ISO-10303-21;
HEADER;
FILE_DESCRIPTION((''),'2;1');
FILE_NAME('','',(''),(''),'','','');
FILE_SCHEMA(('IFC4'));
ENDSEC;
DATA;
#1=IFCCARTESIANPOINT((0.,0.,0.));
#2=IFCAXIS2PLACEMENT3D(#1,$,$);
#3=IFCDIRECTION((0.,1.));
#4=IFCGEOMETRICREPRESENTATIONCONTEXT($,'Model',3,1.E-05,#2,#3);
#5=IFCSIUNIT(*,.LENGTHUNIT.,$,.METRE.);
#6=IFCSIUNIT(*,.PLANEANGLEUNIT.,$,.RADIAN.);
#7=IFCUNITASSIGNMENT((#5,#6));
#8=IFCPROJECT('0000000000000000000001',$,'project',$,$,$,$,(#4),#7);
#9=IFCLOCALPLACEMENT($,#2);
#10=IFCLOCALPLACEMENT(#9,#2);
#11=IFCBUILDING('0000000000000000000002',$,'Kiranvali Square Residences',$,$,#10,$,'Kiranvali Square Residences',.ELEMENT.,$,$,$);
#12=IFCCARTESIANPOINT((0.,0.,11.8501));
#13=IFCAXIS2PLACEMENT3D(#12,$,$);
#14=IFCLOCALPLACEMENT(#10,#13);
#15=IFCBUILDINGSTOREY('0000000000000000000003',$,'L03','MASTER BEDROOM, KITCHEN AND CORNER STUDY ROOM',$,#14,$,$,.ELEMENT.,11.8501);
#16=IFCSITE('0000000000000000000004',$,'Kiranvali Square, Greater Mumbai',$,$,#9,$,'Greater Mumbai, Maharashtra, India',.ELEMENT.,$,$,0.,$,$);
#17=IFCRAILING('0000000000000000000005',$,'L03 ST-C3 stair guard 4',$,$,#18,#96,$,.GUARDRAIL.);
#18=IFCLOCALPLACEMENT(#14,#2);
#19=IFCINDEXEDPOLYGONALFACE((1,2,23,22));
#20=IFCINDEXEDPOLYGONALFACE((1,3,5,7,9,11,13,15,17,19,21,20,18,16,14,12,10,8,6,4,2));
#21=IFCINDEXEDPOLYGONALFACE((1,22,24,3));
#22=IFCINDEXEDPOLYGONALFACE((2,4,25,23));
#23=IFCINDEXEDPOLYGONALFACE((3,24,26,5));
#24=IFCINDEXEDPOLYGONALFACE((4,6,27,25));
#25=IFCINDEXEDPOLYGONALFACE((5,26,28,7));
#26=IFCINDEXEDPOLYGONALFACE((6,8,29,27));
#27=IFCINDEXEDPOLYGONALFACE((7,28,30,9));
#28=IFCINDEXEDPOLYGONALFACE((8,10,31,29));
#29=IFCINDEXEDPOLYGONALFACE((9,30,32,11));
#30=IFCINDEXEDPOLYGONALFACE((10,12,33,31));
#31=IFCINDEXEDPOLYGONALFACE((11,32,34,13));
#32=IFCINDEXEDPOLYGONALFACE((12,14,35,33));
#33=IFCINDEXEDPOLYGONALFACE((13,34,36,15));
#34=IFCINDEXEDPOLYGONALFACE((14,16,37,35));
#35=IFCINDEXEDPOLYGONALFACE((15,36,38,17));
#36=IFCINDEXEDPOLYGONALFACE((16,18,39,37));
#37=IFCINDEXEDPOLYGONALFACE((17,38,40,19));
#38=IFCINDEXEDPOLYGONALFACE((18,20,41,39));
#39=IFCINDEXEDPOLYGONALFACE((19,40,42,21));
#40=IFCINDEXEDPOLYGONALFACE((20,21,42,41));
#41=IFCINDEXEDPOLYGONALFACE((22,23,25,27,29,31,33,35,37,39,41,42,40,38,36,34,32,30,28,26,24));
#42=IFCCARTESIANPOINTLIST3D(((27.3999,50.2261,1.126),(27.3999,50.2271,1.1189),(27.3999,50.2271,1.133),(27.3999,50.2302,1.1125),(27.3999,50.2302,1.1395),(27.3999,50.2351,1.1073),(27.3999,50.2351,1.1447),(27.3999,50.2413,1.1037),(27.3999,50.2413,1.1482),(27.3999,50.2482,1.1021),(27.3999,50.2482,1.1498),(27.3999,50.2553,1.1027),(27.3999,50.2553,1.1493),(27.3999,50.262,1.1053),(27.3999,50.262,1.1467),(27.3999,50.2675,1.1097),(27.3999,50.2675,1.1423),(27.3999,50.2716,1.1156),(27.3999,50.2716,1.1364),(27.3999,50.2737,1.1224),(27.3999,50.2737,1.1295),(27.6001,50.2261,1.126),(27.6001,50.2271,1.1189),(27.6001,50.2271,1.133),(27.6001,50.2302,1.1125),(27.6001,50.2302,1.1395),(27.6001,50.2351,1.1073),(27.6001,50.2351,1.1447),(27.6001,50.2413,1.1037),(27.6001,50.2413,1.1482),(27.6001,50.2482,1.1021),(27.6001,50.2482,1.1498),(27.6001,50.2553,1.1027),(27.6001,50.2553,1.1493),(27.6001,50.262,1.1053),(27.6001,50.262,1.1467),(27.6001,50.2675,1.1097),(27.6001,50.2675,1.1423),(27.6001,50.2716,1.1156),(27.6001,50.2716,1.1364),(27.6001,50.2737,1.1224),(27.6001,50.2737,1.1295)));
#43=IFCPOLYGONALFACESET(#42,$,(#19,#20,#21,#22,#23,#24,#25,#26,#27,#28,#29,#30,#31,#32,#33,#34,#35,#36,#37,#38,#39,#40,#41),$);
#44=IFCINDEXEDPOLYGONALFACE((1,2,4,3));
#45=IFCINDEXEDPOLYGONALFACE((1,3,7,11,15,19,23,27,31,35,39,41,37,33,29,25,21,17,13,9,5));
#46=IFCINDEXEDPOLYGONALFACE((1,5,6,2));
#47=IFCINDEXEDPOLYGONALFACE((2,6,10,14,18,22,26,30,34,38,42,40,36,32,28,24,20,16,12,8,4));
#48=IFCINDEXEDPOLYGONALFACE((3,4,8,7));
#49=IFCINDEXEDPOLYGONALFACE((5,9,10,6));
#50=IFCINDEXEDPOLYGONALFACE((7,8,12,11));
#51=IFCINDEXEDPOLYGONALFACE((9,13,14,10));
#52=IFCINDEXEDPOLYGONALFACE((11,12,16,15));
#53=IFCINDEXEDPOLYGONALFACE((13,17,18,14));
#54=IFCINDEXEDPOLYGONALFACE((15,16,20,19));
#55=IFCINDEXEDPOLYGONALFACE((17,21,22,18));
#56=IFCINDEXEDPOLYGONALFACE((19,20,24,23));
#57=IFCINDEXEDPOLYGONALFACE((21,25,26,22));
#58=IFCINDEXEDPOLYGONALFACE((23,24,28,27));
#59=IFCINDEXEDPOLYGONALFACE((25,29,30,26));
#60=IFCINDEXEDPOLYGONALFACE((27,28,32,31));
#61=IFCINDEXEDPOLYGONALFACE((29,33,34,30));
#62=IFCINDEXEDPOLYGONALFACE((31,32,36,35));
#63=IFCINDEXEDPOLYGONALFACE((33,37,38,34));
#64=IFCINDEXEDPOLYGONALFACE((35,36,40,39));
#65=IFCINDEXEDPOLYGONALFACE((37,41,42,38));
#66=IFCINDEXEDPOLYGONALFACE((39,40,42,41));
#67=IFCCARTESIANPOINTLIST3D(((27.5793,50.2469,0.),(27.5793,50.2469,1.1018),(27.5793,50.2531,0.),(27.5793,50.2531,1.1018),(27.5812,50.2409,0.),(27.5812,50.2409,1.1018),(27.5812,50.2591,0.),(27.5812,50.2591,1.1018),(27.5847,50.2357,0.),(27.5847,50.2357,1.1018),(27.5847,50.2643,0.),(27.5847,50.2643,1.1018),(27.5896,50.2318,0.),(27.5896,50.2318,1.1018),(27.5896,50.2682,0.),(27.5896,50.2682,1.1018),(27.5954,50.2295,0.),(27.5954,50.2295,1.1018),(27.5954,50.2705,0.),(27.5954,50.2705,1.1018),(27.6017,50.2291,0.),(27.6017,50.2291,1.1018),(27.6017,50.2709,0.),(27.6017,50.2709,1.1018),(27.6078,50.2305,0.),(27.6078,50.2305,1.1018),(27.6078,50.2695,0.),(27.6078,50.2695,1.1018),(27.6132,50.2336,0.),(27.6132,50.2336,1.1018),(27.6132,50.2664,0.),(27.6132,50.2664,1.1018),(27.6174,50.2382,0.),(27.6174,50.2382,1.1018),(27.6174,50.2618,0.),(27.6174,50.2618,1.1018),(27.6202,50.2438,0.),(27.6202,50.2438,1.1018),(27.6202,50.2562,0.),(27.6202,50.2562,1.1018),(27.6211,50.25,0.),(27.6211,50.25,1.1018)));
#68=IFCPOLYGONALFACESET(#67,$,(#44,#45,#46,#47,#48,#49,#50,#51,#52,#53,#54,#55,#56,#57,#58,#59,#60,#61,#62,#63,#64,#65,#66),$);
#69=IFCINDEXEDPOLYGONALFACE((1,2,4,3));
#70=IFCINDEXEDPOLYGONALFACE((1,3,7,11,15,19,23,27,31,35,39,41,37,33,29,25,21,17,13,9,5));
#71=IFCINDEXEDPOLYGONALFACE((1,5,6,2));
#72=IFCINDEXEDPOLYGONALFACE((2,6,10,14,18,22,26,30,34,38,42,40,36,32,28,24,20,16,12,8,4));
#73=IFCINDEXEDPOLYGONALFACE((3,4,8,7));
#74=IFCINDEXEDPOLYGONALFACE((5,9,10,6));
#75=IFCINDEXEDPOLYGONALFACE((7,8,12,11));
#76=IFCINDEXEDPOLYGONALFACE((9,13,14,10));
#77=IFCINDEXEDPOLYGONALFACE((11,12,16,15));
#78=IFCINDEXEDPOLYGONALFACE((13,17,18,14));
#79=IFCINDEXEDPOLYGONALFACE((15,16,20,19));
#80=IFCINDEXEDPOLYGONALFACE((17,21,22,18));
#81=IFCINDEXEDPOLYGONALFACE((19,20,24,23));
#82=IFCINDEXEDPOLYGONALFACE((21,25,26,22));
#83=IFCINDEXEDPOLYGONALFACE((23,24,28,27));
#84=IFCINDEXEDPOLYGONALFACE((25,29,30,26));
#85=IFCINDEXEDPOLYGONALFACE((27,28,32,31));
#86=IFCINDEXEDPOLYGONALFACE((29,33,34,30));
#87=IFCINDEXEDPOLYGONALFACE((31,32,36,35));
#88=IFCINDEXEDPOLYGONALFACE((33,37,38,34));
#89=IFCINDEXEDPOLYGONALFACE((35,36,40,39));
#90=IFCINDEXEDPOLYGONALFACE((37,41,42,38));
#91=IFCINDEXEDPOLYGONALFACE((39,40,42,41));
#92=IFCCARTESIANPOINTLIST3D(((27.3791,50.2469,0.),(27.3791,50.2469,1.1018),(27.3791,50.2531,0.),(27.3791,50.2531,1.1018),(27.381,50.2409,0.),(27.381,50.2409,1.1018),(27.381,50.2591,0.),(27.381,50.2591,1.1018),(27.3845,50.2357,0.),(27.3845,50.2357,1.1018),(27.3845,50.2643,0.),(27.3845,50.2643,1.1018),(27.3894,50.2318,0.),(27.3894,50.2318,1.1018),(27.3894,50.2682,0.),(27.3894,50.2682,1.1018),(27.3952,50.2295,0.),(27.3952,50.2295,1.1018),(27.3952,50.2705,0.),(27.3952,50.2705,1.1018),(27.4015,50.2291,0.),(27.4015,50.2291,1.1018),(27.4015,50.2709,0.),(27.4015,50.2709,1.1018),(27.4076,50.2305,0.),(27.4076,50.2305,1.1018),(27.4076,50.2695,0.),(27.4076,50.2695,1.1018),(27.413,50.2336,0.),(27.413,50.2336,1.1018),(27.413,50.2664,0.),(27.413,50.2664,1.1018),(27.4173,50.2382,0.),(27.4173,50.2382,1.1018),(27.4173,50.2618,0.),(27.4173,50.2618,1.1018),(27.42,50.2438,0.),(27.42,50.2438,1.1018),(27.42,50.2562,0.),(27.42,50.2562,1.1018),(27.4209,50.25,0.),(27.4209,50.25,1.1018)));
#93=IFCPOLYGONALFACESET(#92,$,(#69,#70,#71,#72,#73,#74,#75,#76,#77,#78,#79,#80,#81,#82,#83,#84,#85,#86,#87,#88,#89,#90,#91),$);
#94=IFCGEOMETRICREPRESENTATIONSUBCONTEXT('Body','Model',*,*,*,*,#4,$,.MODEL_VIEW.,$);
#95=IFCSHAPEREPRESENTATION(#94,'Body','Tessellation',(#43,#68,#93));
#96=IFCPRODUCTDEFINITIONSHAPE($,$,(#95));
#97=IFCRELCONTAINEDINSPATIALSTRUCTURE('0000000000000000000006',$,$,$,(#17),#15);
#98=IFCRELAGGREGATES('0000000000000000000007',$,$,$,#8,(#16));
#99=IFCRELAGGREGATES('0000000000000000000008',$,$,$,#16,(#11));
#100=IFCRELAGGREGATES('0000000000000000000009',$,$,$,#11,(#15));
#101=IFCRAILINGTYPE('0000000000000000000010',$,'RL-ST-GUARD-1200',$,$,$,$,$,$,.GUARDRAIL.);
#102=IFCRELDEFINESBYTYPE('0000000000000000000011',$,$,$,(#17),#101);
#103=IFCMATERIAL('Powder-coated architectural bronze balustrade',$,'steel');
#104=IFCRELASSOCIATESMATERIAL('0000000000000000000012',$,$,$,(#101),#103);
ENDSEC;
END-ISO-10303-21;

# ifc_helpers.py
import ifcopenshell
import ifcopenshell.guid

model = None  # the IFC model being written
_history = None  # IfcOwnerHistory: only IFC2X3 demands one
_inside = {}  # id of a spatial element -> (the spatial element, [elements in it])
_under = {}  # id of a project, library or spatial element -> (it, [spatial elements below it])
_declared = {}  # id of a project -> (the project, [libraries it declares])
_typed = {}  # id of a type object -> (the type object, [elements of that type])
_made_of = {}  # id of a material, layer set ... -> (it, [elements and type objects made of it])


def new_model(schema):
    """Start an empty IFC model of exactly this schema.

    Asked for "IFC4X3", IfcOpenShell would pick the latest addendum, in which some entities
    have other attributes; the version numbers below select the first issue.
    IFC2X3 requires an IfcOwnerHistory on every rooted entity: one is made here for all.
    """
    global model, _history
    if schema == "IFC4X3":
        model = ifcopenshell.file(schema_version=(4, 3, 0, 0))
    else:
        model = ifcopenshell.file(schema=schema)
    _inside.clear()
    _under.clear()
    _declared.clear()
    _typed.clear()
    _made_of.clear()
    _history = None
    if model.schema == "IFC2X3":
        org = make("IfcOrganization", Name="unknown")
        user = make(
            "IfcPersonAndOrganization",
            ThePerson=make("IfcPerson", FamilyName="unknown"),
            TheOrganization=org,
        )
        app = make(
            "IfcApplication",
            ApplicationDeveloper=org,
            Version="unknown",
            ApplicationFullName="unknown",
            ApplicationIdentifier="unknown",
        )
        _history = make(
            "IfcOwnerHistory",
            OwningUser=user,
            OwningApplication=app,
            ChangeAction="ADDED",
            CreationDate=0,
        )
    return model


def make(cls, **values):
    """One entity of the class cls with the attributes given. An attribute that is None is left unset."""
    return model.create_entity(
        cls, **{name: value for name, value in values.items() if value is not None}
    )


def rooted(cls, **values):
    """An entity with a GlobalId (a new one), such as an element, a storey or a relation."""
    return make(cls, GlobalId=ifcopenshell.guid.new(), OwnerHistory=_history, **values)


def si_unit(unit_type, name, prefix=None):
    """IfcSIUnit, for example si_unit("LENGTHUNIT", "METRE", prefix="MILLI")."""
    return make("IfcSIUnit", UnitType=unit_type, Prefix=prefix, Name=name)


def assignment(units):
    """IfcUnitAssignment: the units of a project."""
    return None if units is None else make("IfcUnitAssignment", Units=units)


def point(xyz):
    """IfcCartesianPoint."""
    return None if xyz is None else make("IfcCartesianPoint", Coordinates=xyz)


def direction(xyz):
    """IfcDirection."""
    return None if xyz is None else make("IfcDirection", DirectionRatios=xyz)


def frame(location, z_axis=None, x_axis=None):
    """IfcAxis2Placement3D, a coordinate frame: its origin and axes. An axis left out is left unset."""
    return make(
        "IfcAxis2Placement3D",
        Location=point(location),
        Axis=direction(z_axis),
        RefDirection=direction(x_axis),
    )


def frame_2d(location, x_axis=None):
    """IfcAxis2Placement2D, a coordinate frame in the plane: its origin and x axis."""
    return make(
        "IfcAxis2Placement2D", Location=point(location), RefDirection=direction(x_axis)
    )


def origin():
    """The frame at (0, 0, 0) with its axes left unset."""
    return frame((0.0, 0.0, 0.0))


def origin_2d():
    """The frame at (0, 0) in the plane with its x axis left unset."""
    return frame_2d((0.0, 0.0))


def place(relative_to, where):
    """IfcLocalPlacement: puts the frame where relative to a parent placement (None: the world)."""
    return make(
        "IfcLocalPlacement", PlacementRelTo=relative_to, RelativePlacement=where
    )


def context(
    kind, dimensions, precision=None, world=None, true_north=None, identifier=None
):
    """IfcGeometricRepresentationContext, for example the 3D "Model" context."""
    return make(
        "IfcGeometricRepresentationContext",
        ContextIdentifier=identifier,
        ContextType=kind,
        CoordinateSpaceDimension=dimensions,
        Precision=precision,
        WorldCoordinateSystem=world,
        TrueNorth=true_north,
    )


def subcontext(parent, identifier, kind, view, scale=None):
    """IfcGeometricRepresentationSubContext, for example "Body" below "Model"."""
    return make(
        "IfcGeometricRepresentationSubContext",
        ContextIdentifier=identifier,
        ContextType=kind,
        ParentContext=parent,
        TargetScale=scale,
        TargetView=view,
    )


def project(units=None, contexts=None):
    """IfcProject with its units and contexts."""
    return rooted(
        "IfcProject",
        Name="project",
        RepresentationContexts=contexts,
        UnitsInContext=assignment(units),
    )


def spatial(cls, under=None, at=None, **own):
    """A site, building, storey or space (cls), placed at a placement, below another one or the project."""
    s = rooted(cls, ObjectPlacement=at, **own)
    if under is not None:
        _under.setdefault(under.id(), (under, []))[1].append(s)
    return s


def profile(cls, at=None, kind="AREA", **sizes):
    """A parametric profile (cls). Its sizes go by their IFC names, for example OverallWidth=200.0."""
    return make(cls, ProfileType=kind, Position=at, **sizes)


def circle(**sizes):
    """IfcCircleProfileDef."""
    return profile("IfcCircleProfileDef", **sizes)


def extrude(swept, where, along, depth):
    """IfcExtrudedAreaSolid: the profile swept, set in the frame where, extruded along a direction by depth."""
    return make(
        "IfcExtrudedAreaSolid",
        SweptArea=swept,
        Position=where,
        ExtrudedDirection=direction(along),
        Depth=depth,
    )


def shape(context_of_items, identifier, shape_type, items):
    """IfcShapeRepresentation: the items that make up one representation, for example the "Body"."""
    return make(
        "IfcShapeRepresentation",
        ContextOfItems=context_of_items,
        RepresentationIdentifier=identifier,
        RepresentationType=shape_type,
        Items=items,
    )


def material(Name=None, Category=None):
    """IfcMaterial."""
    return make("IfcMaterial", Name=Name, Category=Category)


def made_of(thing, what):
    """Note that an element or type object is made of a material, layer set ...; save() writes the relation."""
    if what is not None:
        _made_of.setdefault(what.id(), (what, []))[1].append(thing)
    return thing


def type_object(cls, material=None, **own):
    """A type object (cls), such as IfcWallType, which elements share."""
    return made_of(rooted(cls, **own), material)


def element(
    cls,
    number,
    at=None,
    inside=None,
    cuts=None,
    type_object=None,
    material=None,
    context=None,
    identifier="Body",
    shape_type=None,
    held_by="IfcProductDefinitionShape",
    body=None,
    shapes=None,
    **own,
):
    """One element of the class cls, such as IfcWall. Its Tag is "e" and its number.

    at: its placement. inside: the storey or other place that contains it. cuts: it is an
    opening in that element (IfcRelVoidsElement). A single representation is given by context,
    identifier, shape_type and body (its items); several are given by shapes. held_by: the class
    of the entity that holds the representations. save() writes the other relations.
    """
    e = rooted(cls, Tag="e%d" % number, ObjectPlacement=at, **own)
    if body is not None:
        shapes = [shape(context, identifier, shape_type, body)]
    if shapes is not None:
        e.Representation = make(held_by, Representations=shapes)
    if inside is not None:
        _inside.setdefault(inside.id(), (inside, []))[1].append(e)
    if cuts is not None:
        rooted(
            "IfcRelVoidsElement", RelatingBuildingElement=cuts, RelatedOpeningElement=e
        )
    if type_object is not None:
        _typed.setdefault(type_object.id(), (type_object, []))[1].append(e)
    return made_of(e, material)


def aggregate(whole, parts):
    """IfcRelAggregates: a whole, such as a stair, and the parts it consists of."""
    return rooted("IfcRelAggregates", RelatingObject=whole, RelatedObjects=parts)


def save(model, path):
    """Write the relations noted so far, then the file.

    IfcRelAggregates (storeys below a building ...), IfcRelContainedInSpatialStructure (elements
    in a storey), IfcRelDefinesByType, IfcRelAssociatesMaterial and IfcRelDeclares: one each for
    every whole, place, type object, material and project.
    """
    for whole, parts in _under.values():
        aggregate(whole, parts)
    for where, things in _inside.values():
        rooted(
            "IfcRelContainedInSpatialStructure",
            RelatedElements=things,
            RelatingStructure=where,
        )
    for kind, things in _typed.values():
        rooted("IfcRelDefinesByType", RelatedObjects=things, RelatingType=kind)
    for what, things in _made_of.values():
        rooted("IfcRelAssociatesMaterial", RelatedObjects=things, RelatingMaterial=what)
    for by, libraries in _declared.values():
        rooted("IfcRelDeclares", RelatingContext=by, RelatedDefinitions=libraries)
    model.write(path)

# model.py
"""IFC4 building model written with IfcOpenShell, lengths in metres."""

from ifc_helpers import new_model, si_unit, direction, frame, origin, origin_2d, place, context, subcontext, project, spatial, circle, extrude, material, type_object, element, save


model = new_model("IFC4")

# Units and contexts
model_context = context("Model", 3, precision=1e-05, world=origin(), true_north=direction((0.0, 1.0)))
body_context = subcontext(model_context, "Body", "Model", "MODEL_VIEW")
ifc_project = project(units=[si_unit("LENGTHUNIT", "METRE"), si_unit("PLANEANGLEUNIT", "RADIAN")], contexts=[model_context])

# Site, building, storey
site_placement = place(None, origin())
site = spatial("IfcSite", under=ifc_project, at=site_placement, Name="Kiranvali Square, Greater Mumbai", LongName="Greater Mumbai, Maharashtra, India", CompositionType="ELEMENT", RefElevation=0.0)
building_placement = place(site_placement, origin())
building = spatial("IfcBuilding", under=site, at=building_placement, Name="Kiranvali Square Residences", LongName="Kiranvali Square Residences", CompositionType="ELEMENT")
storey_placement = place(building_placement, frame((0.0, 0.0, 11.8501)))
storey = spatial("IfcBuildingStorey", under=building, at=storey_placement, Name="L03", Description="MASTER BEDROOM, KITCHEN AND CORNER STUDY ROOM", CompositionType="ELEMENT", Elevation=11.8501)

# Railing
ifc_material_1 = material(Name="Powder-coated architectural bronze balustrade", Category="steel")
railing_type_1 = type_object("IfcRailingType", Name="RL-ST-GUARD-1200", PredefinedType="GUARDRAIL", material=ifc_material_1)
railing_1_placement = place(storey_placement, frame((27.6001, 50.25, 0.0)))
element("IfcRailing", 1, at=railing_1_placement, inside=storey, type_object=railing_type_1, Name="L03 ST-C3 stair guard 4", PredefinedType="GUARDRAIL", context=body_context, shape_type="SweptSolid", body=[
    extrude(circle(Radius=0.0239, at=origin_2d()), frame((0.0, 0.0, 1.126), z_axis=(-1.0, 0.0, 0.0), x_axis=(0.0, -1.0, 0.0)), (0.0, 0.0, 1.0), 0.2002),
    extrude(circle(Radius=0.021, at=origin_2d()), origin(), (0.0, 0.0, 1.0), 1.1018),
    extrude(circle(Radius=0.021, at=origin_2d()), frame((-0.2002, 0.0, 0.0)), (0.0, 0.0, 1.0), 1.1018),
])

save(model, "model.ifc")
